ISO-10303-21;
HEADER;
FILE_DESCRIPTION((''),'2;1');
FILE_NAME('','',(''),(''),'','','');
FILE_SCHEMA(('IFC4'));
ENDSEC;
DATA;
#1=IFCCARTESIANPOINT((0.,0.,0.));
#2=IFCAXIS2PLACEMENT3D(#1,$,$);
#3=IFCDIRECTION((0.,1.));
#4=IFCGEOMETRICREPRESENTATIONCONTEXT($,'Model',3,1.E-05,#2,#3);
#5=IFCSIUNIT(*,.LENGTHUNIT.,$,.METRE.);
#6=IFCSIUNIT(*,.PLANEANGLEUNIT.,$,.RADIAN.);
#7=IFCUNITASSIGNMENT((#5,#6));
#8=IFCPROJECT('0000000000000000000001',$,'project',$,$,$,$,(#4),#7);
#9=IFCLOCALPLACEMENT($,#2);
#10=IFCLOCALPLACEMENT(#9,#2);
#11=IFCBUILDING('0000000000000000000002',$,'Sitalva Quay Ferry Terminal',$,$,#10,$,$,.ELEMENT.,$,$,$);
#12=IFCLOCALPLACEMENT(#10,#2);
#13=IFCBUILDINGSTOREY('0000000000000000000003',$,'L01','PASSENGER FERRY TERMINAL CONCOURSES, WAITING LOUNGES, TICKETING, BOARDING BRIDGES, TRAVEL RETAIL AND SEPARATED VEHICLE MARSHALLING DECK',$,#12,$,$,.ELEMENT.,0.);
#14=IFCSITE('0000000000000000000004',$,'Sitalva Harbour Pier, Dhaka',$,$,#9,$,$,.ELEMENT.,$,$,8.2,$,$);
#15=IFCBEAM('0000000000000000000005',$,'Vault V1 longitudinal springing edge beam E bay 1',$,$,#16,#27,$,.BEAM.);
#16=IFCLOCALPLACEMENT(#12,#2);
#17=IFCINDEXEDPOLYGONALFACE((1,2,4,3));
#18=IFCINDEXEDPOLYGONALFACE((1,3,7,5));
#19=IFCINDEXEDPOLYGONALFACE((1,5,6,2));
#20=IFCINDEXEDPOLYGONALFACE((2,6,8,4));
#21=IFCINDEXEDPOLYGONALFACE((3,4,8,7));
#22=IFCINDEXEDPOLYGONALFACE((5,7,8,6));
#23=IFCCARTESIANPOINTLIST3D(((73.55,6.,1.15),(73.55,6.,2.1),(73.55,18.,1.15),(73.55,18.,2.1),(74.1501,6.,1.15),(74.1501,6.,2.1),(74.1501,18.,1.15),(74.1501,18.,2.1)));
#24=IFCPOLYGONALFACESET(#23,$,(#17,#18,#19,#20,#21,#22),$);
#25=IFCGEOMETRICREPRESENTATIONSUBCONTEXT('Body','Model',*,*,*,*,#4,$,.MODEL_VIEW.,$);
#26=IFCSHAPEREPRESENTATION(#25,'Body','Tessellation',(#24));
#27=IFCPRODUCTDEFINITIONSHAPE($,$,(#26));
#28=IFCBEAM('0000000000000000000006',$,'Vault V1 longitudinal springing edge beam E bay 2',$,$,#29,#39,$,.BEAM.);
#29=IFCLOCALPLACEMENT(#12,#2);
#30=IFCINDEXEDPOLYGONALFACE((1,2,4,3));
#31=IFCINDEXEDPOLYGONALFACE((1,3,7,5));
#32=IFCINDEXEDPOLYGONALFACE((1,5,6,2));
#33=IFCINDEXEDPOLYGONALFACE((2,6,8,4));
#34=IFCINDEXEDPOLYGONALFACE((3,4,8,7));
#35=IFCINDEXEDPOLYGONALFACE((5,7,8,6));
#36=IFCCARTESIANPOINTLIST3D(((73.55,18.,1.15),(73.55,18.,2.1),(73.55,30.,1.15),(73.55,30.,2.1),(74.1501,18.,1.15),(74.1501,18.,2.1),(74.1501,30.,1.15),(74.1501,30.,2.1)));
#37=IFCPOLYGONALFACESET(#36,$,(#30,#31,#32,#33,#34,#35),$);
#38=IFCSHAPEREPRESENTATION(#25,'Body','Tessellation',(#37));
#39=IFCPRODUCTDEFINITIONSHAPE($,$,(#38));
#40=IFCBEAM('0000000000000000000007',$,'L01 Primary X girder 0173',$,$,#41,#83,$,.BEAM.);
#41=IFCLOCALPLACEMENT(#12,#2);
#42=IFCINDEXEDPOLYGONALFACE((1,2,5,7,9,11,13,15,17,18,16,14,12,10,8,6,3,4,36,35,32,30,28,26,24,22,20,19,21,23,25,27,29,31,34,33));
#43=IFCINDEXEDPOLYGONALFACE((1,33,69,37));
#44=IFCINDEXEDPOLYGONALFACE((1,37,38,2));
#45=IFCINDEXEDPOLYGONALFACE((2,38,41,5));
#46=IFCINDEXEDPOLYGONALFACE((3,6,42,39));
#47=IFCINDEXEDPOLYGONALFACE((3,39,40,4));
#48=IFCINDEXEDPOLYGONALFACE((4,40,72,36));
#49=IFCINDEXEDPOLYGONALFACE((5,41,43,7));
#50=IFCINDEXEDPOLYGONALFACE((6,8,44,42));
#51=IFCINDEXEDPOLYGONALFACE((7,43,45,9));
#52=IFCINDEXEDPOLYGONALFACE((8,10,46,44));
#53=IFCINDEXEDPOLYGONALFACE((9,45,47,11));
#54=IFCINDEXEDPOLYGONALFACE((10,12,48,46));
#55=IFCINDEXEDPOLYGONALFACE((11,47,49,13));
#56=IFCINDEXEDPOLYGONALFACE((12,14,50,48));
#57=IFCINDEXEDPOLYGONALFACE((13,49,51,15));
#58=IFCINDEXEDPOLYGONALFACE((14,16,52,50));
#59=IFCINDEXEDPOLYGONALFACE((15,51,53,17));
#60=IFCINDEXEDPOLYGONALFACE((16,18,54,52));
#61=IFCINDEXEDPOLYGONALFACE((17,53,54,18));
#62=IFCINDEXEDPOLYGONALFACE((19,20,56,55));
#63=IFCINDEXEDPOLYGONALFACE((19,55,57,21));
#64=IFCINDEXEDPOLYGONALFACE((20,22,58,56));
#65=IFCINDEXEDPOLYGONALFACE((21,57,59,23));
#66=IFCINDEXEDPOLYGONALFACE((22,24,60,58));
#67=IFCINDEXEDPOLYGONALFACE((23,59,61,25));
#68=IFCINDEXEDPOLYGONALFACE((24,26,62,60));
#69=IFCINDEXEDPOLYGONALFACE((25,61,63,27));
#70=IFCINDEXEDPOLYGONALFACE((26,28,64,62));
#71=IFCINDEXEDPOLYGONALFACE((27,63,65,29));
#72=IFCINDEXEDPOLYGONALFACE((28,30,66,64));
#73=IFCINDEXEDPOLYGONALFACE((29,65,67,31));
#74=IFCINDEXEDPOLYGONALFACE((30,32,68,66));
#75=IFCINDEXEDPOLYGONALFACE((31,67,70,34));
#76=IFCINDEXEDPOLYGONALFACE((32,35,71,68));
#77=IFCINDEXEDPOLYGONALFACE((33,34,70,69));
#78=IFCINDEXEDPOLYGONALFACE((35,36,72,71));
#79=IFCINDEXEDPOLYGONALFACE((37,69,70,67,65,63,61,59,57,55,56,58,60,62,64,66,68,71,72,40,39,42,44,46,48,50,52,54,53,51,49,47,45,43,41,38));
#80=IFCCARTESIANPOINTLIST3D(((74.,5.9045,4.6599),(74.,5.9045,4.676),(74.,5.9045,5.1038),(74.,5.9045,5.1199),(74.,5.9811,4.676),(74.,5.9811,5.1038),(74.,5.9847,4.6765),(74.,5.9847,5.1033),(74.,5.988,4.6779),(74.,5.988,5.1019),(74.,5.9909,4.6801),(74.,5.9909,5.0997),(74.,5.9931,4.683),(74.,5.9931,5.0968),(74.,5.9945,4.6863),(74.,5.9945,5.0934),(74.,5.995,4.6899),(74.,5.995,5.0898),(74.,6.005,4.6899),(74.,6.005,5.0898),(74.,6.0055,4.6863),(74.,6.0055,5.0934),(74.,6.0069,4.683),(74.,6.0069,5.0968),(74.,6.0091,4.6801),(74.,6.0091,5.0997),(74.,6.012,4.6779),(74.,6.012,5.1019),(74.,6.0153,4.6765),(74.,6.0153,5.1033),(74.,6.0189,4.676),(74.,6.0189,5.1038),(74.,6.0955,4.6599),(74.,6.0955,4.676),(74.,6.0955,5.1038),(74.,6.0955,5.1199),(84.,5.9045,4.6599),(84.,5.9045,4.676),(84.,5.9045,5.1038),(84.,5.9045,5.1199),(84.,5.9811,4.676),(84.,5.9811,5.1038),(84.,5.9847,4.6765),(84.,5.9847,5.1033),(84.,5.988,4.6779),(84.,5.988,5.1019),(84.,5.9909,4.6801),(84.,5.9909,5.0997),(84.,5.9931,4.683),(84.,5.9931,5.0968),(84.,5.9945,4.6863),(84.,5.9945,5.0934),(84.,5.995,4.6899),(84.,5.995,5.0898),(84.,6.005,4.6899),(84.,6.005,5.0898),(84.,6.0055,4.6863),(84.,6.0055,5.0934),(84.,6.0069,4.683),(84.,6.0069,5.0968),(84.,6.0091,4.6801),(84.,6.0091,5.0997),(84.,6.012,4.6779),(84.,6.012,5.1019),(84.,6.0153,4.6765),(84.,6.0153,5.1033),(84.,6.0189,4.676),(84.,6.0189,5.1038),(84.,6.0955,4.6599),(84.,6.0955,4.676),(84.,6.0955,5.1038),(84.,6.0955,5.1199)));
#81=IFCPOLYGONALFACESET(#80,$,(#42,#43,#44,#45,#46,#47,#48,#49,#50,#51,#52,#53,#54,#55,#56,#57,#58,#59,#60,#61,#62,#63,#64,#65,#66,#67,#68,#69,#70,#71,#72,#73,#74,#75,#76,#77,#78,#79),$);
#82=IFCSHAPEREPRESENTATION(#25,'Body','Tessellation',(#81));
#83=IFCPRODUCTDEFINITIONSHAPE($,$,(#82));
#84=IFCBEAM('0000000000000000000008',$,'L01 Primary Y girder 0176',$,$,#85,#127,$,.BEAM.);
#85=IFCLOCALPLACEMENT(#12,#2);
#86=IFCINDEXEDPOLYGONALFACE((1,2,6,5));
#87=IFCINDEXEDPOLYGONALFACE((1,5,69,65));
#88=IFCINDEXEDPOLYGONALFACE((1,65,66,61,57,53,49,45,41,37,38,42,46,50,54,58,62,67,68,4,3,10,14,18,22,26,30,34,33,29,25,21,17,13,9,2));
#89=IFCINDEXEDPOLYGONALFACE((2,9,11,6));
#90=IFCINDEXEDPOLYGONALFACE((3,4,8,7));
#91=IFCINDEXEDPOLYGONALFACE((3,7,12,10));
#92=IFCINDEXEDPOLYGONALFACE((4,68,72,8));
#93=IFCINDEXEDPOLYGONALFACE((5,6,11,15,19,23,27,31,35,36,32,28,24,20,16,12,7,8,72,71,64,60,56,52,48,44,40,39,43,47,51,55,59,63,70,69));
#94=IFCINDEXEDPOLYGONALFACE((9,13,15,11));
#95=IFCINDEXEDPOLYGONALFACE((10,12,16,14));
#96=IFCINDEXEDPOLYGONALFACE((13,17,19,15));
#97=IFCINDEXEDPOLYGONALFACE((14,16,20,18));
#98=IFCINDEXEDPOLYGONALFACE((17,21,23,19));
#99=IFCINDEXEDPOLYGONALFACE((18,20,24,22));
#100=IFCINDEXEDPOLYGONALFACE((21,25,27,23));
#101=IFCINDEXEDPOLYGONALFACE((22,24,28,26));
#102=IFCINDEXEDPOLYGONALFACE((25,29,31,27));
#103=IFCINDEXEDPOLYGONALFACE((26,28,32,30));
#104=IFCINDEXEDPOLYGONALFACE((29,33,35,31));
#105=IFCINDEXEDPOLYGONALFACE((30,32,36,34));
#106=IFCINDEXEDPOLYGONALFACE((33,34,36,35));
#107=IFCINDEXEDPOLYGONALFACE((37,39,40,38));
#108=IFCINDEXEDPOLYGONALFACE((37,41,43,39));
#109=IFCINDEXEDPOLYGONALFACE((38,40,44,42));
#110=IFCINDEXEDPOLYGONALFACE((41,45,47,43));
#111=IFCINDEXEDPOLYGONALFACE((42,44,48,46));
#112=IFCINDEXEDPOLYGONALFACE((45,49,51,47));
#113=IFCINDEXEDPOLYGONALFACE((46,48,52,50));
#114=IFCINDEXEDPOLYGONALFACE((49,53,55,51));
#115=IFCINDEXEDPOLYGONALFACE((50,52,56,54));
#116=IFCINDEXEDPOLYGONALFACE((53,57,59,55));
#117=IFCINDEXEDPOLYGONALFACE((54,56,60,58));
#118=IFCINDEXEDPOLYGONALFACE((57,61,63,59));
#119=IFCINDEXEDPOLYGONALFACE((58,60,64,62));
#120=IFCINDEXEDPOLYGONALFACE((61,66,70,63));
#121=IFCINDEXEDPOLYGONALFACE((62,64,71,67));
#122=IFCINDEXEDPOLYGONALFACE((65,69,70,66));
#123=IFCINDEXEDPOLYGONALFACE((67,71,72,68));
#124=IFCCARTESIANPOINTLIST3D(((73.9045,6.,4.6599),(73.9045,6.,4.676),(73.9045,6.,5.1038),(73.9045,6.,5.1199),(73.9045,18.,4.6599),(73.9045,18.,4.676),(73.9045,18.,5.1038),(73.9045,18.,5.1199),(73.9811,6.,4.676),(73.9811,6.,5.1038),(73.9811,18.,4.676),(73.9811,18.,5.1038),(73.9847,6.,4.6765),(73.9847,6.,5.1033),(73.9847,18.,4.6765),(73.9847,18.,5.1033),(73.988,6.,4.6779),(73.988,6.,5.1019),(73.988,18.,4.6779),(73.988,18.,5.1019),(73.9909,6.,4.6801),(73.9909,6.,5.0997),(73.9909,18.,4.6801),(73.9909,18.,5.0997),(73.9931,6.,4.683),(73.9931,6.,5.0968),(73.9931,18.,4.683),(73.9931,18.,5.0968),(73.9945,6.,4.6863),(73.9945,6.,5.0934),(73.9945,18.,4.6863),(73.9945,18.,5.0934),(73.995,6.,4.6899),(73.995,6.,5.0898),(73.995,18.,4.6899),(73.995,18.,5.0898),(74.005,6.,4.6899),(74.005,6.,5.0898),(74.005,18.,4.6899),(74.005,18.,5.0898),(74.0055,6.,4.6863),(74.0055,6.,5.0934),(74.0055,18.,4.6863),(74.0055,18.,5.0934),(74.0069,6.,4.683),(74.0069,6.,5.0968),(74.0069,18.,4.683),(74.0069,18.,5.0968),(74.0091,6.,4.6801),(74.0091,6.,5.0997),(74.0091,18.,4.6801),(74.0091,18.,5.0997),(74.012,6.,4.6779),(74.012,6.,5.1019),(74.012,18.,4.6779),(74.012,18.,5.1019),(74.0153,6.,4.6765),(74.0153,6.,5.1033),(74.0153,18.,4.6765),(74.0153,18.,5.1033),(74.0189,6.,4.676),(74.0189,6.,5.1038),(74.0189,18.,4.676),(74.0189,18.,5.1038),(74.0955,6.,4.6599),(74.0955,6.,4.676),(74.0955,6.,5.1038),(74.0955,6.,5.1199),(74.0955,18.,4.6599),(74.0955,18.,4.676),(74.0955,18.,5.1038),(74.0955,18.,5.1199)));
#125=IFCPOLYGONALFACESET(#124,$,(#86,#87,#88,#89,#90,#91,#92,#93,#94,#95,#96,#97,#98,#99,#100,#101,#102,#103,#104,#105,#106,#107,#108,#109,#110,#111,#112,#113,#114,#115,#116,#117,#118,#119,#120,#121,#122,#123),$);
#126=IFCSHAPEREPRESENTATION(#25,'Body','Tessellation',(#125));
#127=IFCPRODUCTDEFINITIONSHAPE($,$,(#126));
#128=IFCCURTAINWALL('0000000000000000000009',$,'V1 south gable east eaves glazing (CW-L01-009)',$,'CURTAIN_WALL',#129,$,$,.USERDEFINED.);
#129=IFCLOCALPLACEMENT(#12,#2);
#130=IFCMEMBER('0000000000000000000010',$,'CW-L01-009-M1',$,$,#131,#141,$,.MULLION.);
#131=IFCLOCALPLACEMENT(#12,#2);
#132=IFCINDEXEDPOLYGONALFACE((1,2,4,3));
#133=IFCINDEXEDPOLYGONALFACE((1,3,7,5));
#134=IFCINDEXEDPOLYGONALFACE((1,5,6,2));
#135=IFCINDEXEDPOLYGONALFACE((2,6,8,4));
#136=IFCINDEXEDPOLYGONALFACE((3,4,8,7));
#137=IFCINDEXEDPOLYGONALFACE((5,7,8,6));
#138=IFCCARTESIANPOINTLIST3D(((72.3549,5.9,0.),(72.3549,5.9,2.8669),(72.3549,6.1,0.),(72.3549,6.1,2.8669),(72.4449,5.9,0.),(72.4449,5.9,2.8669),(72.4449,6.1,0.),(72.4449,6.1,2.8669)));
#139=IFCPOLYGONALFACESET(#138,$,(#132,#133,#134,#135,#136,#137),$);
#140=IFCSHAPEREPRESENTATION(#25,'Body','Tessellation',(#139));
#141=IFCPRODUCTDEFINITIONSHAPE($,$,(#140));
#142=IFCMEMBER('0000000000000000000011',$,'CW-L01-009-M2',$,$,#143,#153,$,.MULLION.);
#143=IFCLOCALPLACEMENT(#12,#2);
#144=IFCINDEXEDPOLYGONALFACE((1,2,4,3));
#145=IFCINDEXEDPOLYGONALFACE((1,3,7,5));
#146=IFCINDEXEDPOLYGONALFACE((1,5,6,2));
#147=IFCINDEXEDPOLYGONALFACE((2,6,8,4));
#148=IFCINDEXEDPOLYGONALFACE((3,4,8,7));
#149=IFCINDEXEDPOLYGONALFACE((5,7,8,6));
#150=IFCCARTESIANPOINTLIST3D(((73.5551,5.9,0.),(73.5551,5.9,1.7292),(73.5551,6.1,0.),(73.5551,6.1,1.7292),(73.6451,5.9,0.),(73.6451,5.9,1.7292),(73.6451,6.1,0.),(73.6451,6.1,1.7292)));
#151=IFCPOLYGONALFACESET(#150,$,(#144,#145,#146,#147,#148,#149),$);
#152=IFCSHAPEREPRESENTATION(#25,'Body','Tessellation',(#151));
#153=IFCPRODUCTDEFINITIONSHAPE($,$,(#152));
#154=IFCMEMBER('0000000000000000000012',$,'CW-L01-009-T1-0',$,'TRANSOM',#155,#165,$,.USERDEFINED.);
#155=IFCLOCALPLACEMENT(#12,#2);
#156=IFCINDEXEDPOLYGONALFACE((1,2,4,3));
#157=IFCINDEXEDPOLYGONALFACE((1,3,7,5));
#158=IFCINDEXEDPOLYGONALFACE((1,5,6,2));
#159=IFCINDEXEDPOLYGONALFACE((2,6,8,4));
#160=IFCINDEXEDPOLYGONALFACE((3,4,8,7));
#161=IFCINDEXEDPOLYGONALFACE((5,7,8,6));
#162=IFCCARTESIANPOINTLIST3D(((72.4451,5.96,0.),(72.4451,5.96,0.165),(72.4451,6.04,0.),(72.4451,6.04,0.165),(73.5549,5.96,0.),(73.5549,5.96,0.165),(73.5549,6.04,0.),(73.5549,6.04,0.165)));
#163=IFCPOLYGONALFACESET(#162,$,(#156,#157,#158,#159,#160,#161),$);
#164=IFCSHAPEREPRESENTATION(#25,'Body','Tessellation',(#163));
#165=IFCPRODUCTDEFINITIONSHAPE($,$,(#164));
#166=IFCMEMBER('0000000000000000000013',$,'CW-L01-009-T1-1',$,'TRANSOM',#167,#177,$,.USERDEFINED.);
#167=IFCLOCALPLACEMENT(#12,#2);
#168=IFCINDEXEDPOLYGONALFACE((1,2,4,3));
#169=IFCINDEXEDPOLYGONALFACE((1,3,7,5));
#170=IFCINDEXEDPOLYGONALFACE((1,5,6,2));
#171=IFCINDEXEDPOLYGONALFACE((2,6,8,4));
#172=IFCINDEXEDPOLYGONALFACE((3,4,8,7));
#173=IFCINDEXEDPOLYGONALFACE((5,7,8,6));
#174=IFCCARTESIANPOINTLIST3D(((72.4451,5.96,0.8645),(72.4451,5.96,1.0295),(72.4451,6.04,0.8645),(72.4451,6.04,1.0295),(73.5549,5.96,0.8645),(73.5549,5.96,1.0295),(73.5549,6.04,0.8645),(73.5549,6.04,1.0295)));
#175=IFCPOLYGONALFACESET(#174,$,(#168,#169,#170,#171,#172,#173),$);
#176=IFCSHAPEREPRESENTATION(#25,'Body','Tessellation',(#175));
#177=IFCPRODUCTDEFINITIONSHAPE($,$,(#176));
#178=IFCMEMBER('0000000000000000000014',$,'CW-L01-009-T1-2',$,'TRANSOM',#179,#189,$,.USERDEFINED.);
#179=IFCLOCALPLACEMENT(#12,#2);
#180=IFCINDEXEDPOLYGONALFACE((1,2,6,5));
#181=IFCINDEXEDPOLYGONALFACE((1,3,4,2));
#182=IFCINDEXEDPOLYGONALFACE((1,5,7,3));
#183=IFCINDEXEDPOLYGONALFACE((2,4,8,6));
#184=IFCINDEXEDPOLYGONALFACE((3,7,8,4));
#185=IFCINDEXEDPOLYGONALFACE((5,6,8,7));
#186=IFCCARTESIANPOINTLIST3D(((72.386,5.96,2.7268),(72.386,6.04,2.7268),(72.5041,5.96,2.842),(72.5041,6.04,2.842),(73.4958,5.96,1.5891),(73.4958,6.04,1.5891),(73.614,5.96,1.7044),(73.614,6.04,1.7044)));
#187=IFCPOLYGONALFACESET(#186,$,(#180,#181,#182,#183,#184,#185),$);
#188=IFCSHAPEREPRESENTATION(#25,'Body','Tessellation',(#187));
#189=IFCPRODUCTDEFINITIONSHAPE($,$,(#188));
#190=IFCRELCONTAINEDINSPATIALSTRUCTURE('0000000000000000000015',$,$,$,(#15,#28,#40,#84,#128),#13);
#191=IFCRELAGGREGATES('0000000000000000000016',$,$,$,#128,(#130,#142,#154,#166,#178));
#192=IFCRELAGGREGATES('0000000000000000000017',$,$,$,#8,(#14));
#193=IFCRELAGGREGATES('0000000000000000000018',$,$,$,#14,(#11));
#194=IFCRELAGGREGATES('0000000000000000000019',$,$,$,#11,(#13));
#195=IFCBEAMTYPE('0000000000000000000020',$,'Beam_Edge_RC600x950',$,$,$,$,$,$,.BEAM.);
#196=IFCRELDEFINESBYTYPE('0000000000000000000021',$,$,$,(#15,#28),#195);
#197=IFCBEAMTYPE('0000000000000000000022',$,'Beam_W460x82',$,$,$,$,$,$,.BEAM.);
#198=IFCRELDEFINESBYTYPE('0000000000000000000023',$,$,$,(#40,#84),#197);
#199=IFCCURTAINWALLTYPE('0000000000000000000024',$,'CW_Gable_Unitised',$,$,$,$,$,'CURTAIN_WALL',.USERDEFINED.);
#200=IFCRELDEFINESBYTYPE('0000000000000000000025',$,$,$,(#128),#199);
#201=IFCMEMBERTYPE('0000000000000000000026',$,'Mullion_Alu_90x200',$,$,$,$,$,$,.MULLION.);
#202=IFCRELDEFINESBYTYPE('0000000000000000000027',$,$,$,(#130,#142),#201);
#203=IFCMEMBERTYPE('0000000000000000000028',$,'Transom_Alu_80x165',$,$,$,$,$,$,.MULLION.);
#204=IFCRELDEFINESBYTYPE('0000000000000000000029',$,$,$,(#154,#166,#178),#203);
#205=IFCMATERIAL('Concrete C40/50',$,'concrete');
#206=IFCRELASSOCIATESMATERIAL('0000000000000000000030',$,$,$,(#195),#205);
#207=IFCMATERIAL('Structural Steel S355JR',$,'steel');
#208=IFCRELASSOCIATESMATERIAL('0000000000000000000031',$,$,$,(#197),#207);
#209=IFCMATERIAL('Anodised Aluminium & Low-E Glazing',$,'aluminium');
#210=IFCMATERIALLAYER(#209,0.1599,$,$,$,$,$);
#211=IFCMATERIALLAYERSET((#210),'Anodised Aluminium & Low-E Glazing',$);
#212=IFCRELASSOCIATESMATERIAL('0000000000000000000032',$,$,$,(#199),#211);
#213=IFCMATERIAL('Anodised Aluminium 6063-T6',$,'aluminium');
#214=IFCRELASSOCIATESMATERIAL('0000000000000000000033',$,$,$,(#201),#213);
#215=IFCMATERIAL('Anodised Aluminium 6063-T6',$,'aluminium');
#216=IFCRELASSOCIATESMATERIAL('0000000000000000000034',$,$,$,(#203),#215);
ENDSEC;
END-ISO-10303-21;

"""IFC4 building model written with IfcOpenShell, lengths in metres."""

from ifc_helpers import new_model, si_unit, direction, frame, origin, origin_2d, place, context, subcontext, project, spatial, rectangle, i_section, extrude, material, layer, layer_set, material_profile, profile_set, type_object, element, aggregate, save


model = new_model("IFC4")

# Units and contexts
model_context = context("Model", 3, precision=1e-05, world=origin(), true_north=direction((0.0, 1.0)))
body_context = subcontext(model_context, "Body", "Model", "MODEL_VIEW")
ifc_project = project(units=[si_unit("LENGTHUNIT", "METRE"), si_unit("PLANEANGLEUNIT", "RADIAN")], contexts=[model_context])

# Site, building, storey
site_placement = place(None, origin())
site = spatial("IfcSite", under=ifc_project, at=site_placement, Name="Sitalva Harbour Pier, Dhaka", CompositionType="ELEMENT", RefElevation=8.2)
building_placement = place(site_placement, origin())
building = spatial("IfcBuilding", under=site, at=building_placement, Name="Sitalva Quay Ferry Terminal", CompositionType="ELEMENT")
storey_placement = place(building_placement, origin())
storey = spatial("IfcBuildingStorey", under=building, at=storey_placement, Name="L01", Description="PASSENGER FERRY TERMINAL CONCOURSES, WAITING LOUNGES, TICKETING, BOARDING BRIDGES, TRAVEL RETAIL AND SEPARATED VEHICLE MARSHALLING DECK", CompositionType="ELEMENT", Elevation=0.0)

# Beams
ifc_material_1 = material(Name="Concrete C40/50", Category="concrete")
ifc_material_profile_1 = material_profile(ifc_material_1, rectangle(XDim=0.6001, YDim=0.95, at=origin_2d()), Name="RC600x950")
ifc_profile_set_1 = profile_set([ifc_material_profile_1], Name="Concrete C40/50")
beam_type_1 = type_object("IfcBeamType", Name="Beam_Edge_RC600x950", PredefinedType="BEAM", material=ifc_profile_set_1)
for number, where, z_axis, x_axis, name in (
    (1, (73.8501, 6.0, 1.625), (0.0, 1.0, 0.0), (-1.0, 0.0, 0.0), "Vault V1 longitudinal springing edge beam E bay 1"),
    (2, (73.8501, 18.0, 1.625), (0.0, 1.0, 0.0), (-1.0, 0.0, 0.0), "Vault V1 longitudinal springing edge beam E bay 2"),
):
    element("IfcBeam", number, at=place(storey_placement, frame(where, z_axis=z_axis, x_axis=x_axis)), inside=storey, type_object=beam_type_1, Name=name, PredefinedType="BEAM", context=body_context, shape_type="SweptSolid", body=[
        extrude(rectangle(XDim=0.6001, YDim=0.95, at=origin_2d()), origin(), (0.0, 0.0, 1.0), 12.0),
    ])
ifc_material_2 = material(Name="Structural Steel S355JR", Category="steel")
ifc_material_profile_2 = material_profile(ifc_material_2, i_section(OverallWidth=0.1909, OverallDepth=0.46, WebThickness=0.01, FlangeThickness=0.0161, FilletRadius=0.0139, at=origin_2d()), Name="W460x82")
ifc_profile_set_2 = profile_set([ifc_material_profile_2], Name="Structural Steel S355JR")
beam_type_2 = type_object("IfcBeamType", Name="Beam_W460x82", PredefinedType="BEAM", material=ifc_profile_set_2)
beam_1_placement = place(storey_placement, frame((74.0, 6.0, 4.8899), z_axis=(1.0, 0.0, 0.0), x_axis=(0.0, 1.0, 0.0)))
element("IfcBeam", 3, at=beam_1_placement, inside=storey, type_object=beam_type_2, Name="L01 Primary X girder 0173", PredefinedType="BEAM", context=body_context, shape_type="SweptSolid", body=[
    extrude(i_section(OverallWidth=0.1909, OverallDepth=0.46, WebThickness=0.01, FlangeThickness=0.0161, FilletRadius=0.0139, at=origin_2d()), origin(), (0.0, 0.0, 1.0), 10.0),
])
beam_2_placement = place(storey_placement, frame((74.0, 6.0, 4.8899), z_axis=(0.0, 1.0, 0.0), x_axis=(-1.0, 0.0, 0.0)))
element("IfcBeam", 4, at=beam_2_placement, inside=storey, type_object=beam_type_2, Name="L01 Primary Y girder 0176", PredefinedType="BEAM", context=body_context, shape_type="SweptSolid", body=[
    extrude(i_section(OverallWidth=0.1909, OverallDepth=0.46, WebThickness=0.01, FlangeThickness=0.0161, FilletRadius=0.0139, at=origin_2d()), origin(), (0.0, 0.0, 1.0), 12.0),
])

# Curtain wall, members
ifc_material_3 = material(Name="Anodised Aluminium & Low-E Glazing", Category="aluminium")
ifc_layer_1 = layer(ifc_material_3, 0.1599)
ifc_layer_set_1 = layer_set([ifc_layer_1], Name="Anodised Aluminium & Low-E Glazing")
curtain_wall_type = type_object("IfcCurtainWallType", Name="CW_Gable_Unitised", ElementType="CURTAIN_WALL", PredefinedType="USERDEFINED", material=ifc_layer_set_1)
curtain_wall_placement = place(storey_placement, origin())
curtain_wall = element("IfcCurtainWall", 5, at=curtain_wall_placement, inside=storey, type_object=curtain_wall_type, Name="V1 south gable east eaves glazing (CW-L01-009)", ObjectType="CURTAIN_WALL", PredefinedType="USERDEFINED")
ifc_material_4 = material(Name="Anodised Aluminium 6063-T6", Category="aluminium")
ifc_material_profile_3 = material_profile(ifc_material_4, rectangle(XDim=0.0901, YDim=0.2, at=origin_2d()), Name="ALU90x200")
ifc_profile_set_3 = profile_set([ifc_material_profile_3], Name="Anodised Aluminium 6063-T6")
member_type_1 = type_object("IfcMemberType", Name="Mullion_Alu_90x200", PredefinedType="MULLION", material=ifc_profile_set_3)
member_1_placement = place(storey_placement, frame((72.3999, 6.0, 0.0), z_axis=(0.0, 0.0, 1.0), x_axis=(1.0, 0.0, 0.0)))
member_1 = element("IfcMember", 6, at=member_1_placement, type_object=member_type_1, Name="CW-L01-009-M1", PredefinedType="MULLION", context=body_context, shape_type="SweptSolid", body=[
    extrude(rectangle(XDim=0.0901, YDim=0.2, at=origin_2d()), origin(), (0.0, 0.0, 1.0), 2.8669),
])
member_2_placement = place(storey_placement, frame((73.6001, 6.0, 0.0), z_axis=(0.0, 0.0, 1.0), x_axis=(1.0, 0.0, 0.0)))
member_2 = element("IfcMember", 7, at=member_2_placement, type_object=member_type_1, Name="CW-L01-009-M2", PredefinedType="MULLION", context=body_context, shape_type="SweptSolid", body=[
    extrude(rectangle(XDim=0.0901, YDim=0.2, at=origin_2d()), origin(), (0.0, 0.0, 1.0), 1.7292),
])
ifc_material_5 = material(Name="Anodised Aluminium 6063-T6", Category="aluminium")
ifc_material_profile_4 = material_profile(ifc_material_5, rectangle(XDim=0.0801, YDim=0.165, at=origin_2d()), Name="ALU80x165")
ifc_profile_set_4 = profile_set([ifc_material_profile_4], Name="Anodised Aluminium 6063-T6")
member_type_2 = type_object("IfcMemberType", Name="Transom_Alu_80x165", PredefinedType="MULLION", material=ifc_profile_set_4)
member_3_placement = place(storey_placement, frame((72.4451, 6.0, 0.0825), z_axis=(1.0, 0.0, 0.0), x_axis=(0.0, 1.0, 0.0)))
member_3 = element("IfcMember", 8, at=member_3_placement, type_object=member_type_2, Name="CW-L01-009-T1-0", ObjectType="TRANSOM", PredefinedType="USERDEFINED", context=body_context, shape_type="SweptSolid", body=[
    extrude(rectangle(XDim=0.0801, YDim=0.165, at=origin_2d()), origin(), (0.0, 0.0, 1.0), 1.1099),
])
member_4_placement = place(storey_placement, frame((72.4451, 6.0, 0.947), z_axis=(1.0, 0.0, 0.0), x_axis=(0.0, 1.0, 0.0)))
member_4 = element("IfcMember", 9, at=member_4_placement, type_object=member_type_2, Name="CW-L01-009-T1-1", ObjectType="TRANSOM", PredefinedType="USERDEFINED", context=body_context, shape_type="SweptSolid", body=[
    extrude(rectangle(XDim=0.0801, YDim=0.165, at=origin_2d()), origin(), (0.0, 0.0, 1.0), 1.1099),
])
member_5_placement = place(storey_placement, frame((72.4451, 6.0, 2.7844), z_axis=(0.698297, 0.0, -0.715808), x_axis=(0.0, 1.0, 0.0)))
member_5 = element("IfcMember", 10, at=member_5_placement, type_object=member_type_2, Name="CW-L01-009-T1-2", ObjectType="TRANSOM", PredefinedType="USERDEFINED", context=body_context, shape_type="SweptSolid", body=[
    extrude(rectangle(XDim=0.0801, YDim=0.165, at=origin_2d()), origin(), (0.0, 0.0, 1.0), 1.5894),
])
aggregate(curtain_wall, [member_1, member_2, member_3, member_4, member_5])

save(model, "model.ifc")
